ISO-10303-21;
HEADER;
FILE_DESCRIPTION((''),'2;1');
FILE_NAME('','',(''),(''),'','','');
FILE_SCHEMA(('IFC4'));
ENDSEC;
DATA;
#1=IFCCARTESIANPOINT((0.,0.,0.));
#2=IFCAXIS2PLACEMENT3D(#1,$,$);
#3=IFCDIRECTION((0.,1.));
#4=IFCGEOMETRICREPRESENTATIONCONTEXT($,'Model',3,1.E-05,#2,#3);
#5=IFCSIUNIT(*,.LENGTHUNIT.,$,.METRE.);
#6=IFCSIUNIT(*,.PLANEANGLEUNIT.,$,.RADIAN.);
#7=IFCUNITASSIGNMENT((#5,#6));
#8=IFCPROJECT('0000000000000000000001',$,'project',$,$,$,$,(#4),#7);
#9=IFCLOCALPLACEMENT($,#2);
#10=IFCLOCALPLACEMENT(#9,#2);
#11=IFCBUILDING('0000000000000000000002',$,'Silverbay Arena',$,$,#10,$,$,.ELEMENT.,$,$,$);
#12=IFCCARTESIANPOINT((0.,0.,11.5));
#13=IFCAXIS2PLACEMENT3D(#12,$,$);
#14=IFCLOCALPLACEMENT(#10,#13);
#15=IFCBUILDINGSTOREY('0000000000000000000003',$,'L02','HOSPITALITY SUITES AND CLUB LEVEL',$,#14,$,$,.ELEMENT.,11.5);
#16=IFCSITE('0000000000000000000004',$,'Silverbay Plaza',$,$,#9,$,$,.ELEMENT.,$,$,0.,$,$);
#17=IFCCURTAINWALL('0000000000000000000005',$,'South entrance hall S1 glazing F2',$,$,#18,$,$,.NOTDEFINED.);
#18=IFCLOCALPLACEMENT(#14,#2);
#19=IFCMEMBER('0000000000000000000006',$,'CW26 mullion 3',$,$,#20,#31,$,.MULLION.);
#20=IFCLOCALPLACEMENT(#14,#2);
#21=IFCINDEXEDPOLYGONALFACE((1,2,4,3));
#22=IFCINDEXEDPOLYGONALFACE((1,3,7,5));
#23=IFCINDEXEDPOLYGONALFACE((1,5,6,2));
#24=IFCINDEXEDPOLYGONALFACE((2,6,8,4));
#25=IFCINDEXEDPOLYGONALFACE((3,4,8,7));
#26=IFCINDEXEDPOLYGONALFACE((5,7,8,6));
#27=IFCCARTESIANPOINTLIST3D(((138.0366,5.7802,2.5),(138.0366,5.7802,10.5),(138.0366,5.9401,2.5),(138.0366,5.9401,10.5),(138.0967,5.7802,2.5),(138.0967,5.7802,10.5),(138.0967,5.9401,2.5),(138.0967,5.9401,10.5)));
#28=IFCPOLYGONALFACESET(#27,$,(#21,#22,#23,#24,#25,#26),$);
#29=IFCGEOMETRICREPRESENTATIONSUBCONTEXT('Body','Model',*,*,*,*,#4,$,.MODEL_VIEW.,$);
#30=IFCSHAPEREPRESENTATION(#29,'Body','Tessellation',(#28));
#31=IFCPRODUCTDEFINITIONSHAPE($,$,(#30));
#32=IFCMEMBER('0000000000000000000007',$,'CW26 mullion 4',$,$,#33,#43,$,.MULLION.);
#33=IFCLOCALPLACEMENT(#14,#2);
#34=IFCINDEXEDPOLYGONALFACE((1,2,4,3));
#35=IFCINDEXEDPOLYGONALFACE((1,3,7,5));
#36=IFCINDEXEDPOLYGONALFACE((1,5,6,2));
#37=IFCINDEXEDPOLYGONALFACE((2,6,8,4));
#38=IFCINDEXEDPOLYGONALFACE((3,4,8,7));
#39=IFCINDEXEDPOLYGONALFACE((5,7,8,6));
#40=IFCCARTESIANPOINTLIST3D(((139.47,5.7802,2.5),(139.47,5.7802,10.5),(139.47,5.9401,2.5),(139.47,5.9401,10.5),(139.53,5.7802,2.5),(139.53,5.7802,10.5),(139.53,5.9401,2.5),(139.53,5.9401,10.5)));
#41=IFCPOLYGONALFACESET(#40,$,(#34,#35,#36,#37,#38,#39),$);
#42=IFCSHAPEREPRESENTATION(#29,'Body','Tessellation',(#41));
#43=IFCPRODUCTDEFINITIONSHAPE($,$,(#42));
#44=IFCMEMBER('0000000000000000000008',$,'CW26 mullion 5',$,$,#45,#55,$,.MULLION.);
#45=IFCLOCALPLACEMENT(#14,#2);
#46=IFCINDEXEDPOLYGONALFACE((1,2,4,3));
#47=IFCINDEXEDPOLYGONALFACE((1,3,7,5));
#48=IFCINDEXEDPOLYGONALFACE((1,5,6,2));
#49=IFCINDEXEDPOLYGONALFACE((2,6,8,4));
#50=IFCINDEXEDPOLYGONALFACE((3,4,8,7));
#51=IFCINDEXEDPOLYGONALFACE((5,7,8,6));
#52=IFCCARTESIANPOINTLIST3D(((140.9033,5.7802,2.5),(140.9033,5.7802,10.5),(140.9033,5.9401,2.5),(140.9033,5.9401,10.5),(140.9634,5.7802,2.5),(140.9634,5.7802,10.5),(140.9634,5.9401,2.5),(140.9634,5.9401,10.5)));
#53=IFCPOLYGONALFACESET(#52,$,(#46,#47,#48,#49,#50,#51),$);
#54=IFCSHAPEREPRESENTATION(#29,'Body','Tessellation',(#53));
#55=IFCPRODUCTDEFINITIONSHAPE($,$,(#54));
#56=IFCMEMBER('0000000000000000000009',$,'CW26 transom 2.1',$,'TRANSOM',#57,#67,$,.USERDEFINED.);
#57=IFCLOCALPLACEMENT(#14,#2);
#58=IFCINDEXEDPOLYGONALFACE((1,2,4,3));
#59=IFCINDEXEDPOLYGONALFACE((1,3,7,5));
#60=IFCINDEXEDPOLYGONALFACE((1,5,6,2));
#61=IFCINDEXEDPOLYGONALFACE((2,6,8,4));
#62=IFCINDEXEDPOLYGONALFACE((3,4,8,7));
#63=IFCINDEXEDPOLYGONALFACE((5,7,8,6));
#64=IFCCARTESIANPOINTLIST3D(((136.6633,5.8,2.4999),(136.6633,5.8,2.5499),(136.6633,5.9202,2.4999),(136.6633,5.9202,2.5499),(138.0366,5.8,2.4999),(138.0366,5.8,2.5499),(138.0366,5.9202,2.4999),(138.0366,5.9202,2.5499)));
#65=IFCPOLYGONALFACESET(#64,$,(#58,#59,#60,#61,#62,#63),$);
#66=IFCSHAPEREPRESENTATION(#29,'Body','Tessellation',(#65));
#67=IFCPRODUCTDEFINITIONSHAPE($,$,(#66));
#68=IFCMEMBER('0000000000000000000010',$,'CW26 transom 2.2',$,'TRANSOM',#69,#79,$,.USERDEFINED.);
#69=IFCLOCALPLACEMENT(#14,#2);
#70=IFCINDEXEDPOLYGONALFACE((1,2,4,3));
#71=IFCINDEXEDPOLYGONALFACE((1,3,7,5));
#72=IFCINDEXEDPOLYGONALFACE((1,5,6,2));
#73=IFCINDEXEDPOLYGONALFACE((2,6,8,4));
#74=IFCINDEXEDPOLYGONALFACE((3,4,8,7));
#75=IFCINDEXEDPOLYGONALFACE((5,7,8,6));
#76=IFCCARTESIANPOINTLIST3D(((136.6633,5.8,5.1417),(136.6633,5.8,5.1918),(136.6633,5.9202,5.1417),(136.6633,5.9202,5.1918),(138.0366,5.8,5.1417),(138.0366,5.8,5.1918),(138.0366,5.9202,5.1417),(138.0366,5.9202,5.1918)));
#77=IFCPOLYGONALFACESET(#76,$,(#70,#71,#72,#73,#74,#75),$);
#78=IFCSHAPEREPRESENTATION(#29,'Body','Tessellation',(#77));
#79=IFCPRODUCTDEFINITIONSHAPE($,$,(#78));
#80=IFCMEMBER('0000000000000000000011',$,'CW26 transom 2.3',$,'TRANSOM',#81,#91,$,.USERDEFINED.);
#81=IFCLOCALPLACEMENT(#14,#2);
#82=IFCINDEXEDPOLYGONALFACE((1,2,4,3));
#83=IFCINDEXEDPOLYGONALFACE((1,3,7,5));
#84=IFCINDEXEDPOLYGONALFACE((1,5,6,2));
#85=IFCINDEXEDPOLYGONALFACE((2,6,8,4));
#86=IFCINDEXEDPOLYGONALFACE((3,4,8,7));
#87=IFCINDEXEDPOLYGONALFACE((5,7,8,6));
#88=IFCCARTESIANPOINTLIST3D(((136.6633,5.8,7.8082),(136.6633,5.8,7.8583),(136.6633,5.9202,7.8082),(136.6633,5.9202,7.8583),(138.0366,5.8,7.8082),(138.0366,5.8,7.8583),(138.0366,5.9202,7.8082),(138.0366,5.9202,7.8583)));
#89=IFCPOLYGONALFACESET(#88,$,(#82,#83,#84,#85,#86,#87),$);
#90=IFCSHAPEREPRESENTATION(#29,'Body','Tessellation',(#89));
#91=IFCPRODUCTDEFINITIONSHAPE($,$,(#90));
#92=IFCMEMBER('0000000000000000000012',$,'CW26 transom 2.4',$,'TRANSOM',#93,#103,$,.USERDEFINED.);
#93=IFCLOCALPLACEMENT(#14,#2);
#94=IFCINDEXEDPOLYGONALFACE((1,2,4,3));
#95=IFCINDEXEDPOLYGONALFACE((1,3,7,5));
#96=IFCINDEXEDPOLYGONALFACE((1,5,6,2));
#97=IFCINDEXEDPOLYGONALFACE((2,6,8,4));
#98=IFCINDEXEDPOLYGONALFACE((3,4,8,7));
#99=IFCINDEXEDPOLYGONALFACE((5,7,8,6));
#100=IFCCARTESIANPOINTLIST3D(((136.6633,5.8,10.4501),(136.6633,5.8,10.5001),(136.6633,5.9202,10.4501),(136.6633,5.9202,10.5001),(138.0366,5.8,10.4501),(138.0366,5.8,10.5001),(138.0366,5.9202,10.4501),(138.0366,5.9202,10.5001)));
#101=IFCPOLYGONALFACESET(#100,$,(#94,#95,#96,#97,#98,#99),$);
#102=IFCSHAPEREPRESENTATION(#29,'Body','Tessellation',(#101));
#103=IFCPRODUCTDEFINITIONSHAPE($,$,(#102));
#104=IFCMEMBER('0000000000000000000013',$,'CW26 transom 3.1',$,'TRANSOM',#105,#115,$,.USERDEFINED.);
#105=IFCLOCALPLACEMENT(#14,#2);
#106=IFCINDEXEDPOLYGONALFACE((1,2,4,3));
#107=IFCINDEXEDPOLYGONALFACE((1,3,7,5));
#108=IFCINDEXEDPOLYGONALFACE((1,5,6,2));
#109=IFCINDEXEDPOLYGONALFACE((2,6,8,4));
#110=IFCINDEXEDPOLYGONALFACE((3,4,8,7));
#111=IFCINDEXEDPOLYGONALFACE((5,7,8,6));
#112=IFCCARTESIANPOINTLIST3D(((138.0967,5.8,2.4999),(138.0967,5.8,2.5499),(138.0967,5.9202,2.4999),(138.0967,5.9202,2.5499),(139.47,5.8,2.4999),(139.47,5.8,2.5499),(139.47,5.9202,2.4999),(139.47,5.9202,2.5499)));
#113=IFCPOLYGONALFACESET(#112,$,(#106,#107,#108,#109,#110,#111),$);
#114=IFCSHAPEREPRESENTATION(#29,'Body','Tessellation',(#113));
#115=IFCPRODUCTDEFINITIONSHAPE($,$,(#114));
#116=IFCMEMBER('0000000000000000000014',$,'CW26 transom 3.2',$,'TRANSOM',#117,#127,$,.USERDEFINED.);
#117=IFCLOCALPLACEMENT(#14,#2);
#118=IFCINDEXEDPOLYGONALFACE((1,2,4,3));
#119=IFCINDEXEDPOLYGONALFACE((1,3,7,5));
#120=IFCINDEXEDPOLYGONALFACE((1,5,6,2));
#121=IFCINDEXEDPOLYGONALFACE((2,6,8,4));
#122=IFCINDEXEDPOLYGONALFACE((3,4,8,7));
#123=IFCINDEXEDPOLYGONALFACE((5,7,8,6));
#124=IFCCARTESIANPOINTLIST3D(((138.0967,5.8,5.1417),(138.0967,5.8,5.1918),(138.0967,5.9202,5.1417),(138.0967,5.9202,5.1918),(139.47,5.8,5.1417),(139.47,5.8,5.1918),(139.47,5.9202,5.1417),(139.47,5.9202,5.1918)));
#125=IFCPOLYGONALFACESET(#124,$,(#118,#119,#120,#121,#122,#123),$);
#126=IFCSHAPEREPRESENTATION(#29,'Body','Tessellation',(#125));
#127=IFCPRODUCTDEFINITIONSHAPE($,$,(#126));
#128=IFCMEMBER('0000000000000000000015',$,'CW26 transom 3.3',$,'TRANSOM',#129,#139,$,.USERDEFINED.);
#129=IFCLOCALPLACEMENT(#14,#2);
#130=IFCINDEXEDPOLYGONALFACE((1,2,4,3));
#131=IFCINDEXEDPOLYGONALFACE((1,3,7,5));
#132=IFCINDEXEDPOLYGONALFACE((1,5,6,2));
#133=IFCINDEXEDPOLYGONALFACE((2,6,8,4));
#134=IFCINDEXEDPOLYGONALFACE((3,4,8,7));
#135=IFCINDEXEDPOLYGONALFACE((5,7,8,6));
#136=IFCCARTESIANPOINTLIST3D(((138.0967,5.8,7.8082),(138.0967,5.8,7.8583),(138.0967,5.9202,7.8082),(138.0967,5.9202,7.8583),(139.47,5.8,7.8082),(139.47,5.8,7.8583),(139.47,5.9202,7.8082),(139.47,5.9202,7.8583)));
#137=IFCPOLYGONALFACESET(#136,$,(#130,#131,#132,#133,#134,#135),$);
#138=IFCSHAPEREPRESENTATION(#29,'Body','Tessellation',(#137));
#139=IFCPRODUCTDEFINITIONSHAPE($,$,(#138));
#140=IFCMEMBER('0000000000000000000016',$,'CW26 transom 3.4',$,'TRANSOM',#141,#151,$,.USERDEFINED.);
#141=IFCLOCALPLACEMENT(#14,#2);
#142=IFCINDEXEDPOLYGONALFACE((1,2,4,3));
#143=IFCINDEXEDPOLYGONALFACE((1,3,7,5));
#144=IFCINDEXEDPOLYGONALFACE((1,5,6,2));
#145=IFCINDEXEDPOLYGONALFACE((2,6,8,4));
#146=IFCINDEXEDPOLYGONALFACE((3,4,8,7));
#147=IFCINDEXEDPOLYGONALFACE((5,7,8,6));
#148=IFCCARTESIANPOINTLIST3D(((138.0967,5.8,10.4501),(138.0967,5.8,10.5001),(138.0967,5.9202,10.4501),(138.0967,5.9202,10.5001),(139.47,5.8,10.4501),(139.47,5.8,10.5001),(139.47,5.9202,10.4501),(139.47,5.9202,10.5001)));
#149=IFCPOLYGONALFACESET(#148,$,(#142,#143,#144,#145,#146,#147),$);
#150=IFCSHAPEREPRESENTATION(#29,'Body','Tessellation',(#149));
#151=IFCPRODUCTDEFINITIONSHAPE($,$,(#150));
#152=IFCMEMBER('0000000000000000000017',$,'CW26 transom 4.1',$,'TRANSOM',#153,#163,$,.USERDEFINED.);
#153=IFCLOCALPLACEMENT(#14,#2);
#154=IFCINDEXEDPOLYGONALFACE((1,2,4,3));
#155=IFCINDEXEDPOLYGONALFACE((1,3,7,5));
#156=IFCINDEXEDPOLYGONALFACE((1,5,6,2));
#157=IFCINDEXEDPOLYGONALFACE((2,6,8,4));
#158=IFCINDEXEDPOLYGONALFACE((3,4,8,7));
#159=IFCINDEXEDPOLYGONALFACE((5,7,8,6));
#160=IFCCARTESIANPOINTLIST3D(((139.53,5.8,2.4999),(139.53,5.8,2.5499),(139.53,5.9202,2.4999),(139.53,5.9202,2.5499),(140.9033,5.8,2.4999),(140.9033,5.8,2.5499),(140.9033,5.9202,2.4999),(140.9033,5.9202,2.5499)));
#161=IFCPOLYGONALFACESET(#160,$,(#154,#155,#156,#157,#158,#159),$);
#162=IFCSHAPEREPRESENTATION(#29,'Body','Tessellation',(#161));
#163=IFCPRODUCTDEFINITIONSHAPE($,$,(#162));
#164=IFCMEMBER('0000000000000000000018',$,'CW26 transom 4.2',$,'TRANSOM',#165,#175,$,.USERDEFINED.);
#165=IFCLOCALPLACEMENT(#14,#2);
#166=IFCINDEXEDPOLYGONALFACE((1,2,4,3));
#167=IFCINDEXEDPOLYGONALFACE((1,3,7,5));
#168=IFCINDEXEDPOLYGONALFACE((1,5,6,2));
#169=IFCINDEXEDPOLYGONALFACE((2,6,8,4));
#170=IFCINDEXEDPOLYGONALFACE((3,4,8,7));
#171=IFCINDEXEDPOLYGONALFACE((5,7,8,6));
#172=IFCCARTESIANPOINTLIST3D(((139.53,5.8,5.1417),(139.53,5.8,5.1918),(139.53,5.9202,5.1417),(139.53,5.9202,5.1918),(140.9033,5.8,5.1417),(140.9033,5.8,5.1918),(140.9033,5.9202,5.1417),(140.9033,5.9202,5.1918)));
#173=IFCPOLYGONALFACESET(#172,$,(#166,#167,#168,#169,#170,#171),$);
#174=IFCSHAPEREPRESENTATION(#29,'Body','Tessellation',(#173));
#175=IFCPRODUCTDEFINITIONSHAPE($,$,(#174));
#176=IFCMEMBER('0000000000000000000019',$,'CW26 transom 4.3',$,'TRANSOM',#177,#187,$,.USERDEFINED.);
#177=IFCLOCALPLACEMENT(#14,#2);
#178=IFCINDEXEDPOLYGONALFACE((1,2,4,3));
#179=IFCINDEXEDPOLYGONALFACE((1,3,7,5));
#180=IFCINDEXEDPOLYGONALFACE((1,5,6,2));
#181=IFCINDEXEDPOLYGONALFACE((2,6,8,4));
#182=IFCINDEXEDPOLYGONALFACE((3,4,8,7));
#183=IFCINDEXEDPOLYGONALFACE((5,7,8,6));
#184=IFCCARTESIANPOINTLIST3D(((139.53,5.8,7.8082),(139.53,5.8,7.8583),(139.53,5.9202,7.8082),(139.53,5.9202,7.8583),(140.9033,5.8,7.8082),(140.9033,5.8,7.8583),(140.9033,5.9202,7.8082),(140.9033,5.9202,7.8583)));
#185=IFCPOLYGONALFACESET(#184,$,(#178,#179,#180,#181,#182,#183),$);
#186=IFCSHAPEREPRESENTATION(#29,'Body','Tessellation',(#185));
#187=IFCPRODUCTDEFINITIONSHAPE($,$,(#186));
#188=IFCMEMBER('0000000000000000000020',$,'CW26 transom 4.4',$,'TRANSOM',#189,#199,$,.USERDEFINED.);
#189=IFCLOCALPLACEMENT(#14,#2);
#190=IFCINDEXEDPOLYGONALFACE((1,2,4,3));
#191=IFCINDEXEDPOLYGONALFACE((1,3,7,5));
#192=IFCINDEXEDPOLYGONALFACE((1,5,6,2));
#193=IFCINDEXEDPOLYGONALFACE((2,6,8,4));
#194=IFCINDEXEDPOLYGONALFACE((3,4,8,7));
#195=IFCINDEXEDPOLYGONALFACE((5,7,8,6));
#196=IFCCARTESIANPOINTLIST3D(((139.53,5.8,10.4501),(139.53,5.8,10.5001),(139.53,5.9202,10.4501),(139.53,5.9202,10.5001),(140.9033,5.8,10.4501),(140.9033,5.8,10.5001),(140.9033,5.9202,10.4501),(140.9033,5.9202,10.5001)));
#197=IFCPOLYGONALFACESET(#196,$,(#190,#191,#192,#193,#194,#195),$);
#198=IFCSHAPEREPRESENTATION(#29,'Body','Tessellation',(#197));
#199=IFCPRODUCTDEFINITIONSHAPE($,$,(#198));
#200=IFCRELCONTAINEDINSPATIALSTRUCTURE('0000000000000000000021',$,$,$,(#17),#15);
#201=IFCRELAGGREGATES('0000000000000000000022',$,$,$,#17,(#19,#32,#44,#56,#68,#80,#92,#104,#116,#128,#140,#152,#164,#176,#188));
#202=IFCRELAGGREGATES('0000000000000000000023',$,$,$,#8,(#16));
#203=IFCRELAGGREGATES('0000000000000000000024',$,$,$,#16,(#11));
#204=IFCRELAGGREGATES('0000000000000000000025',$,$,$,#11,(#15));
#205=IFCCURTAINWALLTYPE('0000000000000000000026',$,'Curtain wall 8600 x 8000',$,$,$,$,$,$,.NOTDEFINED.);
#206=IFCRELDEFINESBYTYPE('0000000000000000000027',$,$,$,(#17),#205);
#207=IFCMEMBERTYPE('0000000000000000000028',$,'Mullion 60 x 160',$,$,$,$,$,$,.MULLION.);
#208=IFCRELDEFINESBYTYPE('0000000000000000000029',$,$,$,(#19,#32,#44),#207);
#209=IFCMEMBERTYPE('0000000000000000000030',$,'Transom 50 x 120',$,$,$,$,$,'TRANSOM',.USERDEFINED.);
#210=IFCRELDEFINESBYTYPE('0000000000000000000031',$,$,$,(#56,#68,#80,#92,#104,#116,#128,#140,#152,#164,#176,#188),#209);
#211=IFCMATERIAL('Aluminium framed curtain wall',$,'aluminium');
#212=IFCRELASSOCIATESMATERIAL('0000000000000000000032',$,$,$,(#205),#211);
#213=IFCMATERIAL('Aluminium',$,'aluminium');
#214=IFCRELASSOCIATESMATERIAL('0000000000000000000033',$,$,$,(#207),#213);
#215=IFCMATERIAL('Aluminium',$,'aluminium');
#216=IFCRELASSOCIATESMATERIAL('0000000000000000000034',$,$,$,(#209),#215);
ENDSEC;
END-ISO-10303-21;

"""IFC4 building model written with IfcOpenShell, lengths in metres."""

from ifc_helpers import new_model, si_unit, direction, frame, origin, origin_2d, place, context, subcontext, project, spatial, rectangle, extrude, material, material_profile, profile_set, type_object, element, aggregate, save


model = new_model("IFC4")

# Units and contexts
model_context = context("Model", 3, precision=1e-05, world=origin(), true_north=direction((0.0, 1.0)))
body_context = subcontext(model_context, "Body", "Model", "MODEL_VIEW")
ifc_project = project(units=[si_unit("LENGTHUNIT", "METRE"), si_unit("PLANEANGLEUNIT", "RADIAN")], contexts=[model_context])

# Site, building, storey
site_placement = place(None, origin())
site = spatial("IfcSite", under=ifc_project, at=site_placement, Name="Silverbay Plaza", CompositionType="ELEMENT", RefElevation=0.0)
building_placement = place(site_placement, origin())
building = spatial("IfcBuilding", under=site, at=building_placement, Name="Silverbay Arena", CompositionType="ELEMENT")
storey_placement = place(building_placement, frame((0.0, 0.0, 11.5)))
storey = spatial("IfcBuildingStorey", under=building, at=storey_placement, Name="L02", Description="HOSPITALITY SUITES AND CLUB LEVEL", CompositionType="ELEMENT", Elevation=11.5)

# Curtain wall, members
ifc_material_1 = material(Name="Aluminium framed curtain wall", Category="aluminium")
curtain_wall_type = type_object("IfcCurtainWallType", Name="Curtain wall 8600 x 8000", PredefinedType="NOTDEFINED", material=ifc_material_1)
curtain_wall_placement = place(storey_placement, origin())
curtain_wall = element("IfcCurtainWall", 1, at=curtain_wall_placement, inside=storey, type_object=curtain_wall_type, Name="South entrance hall S1 glazing F2", PredefinedType="NOTDEFINED")
ifc_material_2 = material(Name="Aluminium", Category="aluminium")
ifc_material_profile_1 = material_profile(ifc_material_2, rectangle(XDim=0.1599, YDim=0.0601, at=origin_2d()), Name="Mullion 60 x 160")
ifc_profile_set_1 = profile_set([ifc_material_profile_1], Name="Aluminium")
member_type_1 = type_object("IfcMemberType", Name="Mullion 60 x 160", PredefinedType="MULLION", material=ifc_profile_set_1)
member_1_placement = place(storey_placement, frame((138.0667, 5.8601, 2.5), z_axis=(0.0, 0.0, 1.0), x_axis=(0.0, 1.0, 0.0)))
member_1 = element("IfcMember", 2, at=member_1_placement, type_object=member_type_1, Name="CW26 mullion 3", PredefinedType="MULLION", context=body_context, shape_type="SweptSolid", body=[
    extrude(rectangle(XDim=0.1599, YDim=0.0601, at=origin_2d()), origin(), (0.0, 0.0, 1.0), 8.0),
])
member_2_placement = place(storey_placement, frame((139.5, 5.8601, 2.5), z_axis=(0.0, 0.0, 1.0), x_axis=(0.0, 1.0, 0.0)))
member_2 = element("IfcMember", 3, at=member_2_placement, type_object=member_type_1, Name="CW26 mullion 4", PredefinedType="MULLION", context=body_context, shape_type="SweptSolid", body=[
    extrude(rectangle(XDim=0.1599, YDim=0.0601, at=origin_2d()), origin(), (0.0, 0.0, 1.0), 8.0),
])
member_3_placement = place(storey_placement, frame((140.9333, 5.8601, 2.5), z_axis=(0.0, 0.0, 1.0), x_axis=(0.0, 1.0, 0.0)))
member_3 = element("IfcMember", 4, at=member_3_placement, type_object=member_type_1, Name="CW26 mullion 5", PredefinedType="MULLION", context=body_context, shape_type="SweptSolid", body=[
    extrude(rectangle(XDim=0.1599, YDim=0.0601, at=origin_2d()), origin(), (0.0, 0.0, 1.0), 8.0),
])
ifc_material_3 = material(Name="Aluminium", Category="aluminium")
ifc_material_profile_2 = material_profile(ifc_material_3, rectangle(XDim=0.1201, YDim=0.05, at=origin_2d()), Name="Transom 50 x 120")
ifc_profile_set_2 = profile_set([ifc_material_profile_2], Name="Aluminium")
member_type_2 = type_object("IfcMemberType", Name="Transom 50 x 120", ElementType="TRANSOM", PredefinedType="USERDEFINED", material=ifc_profile_set_2)
member_4_placement = place(storey_placement, frame((136.6633, 5.8601, 2.5249), z_axis=(1.0, 0.0, 0.0), x_axis=(0.0, 1.0, 0.0)))
member_4 = element("IfcMember", 5, at=member_4_placement, type_object=member_type_2, Name="CW26 transom 2.1", ObjectType="TRANSOM", PredefinedType="USERDEFINED", context=body_context, shape_type="SweptSolid", body=[
    extrude(rectangle(XDim=0.1201, YDim=0.05, at=origin_2d()), origin(), (0.0, 0.0, 1.0), 1.3733),
])
member_5_placement = place(storey_placement, frame((136.6633, 5.8601, 5.1667), z_axis=(1.0, 0.0, 0.0), x_axis=(0.0, 1.0, 0.0)))
member_5 = element("IfcMember", 6, at=member_5_placement, type_object=member_type_2, Name="CW26 transom 2.2", ObjectType="TRANSOM", PredefinedType="USERDEFINED", context=body_context, shape_type="SweptSolid", body=[
    extrude(rectangle(XDim=0.1201, YDim=0.05, at=origin_2d()), origin(), (0.0, 0.0, 1.0), 1.3733),
])
member_6_placement = place(storey_placement, frame((136.6633, 5.8601, 7.8333), z_axis=(1.0, 0.0, 0.0), x_axis=(0.0, 1.0, 0.0)))
member_6 = element("IfcMember", 7, at=member_6_placement, type_object=member_type_2, Name="CW26 transom 2.3", ObjectType="TRANSOM", PredefinedType="USERDEFINED", context=body_context, shape_type="SweptSolid", body=[
    extrude(rectangle(XDim=0.1201, YDim=0.05, at=origin_2d()), origin(), (0.0, 0.0, 1.0), 1.3733),
])
member_7_placement = place(storey_placement, frame((136.6633, 5.8601, 10.4751), z_axis=(1.0, 0.0, 0.0), x_axis=(0.0, 1.0, 0.0)))
member_7 = element("IfcMember", 8, at=member_7_placement, type_object=member_type_2, Name="CW26 transom 2.4", ObjectType="TRANSOM", PredefinedType="USERDEFINED", context=body_context, shape_type="SweptSolid", body=[
    extrude(rectangle(XDim=0.1201, YDim=0.05, at=origin_2d()), origin(), (0.0, 0.0, 1.0), 1.3733),
])
member_8_placement = place(storey_placement, frame((138.0967, 5.8601, 2.5249), z_axis=(1.0, 0.0, 0.0), x_axis=(0.0, 1.0, 0.0)))
member_8 = element("IfcMember", 9, at=member_8_placement, type_object=member_type_2, Name="CW26 transom 3.1", ObjectType="TRANSOM", PredefinedType="USERDEFINED", context=body_context, shape_type="SweptSolid", body=[
    extrude(rectangle(XDim=0.1201, YDim=0.05, at=origin_2d()), origin(), (0.0, 0.0, 1.0), 1.3733),
])
member_9_placement = place(storey_placement, frame((138.0967, 5.8601, 5.1667), z_axis=(1.0, 0.0, 0.0), x_axis=(0.0, 1.0, 0.0)))
member_9 = element("IfcMember", 10, at=member_9_placement, type_object=member_type_2, Name="CW26 transom 3.2", ObjectType="TRANSOM", PredefinedType="USERDEFINED", context=body_context, shape_type="SweptSolid", body=[
    extrude(rectangle(XDim=0.1201, YDim=0.05, at=origin_2d()), origin(), (0.0, 0.0, 1.0), 1.3733),
])
member_10_placement = place(storey_placement, frame((138.0967, 5.8601, 7.8333), z_axis=(1.0, 0.0, 0.0), x_axis=(0.0, 1.0, 0.0)))
member_10 = element("IfcMember", 11, at=member_10_placement, type_object=member_type_2, Name="CW26 transom 3.3", ObjectType="TRANSOM", PredefinedType="USERDEFINED", context=body_context, shape_type="SweptSolid", body=[
    extrude(rectangle(XDim=0.1201, YDim=0.05, at=origin_2d()), origin(), (0.0, 0.0, 1.0), 1.3733),
])
member_11_placement = place(storey_placement, frame((138.0967, 5.8601, 10.4751), z_axis=(1.0, 0.0, 0.0), x_axis=(0.0, 1.0, 0.0)))
member_11 = element("IfcMember", 12, at=member_11_placement, type_object=member_type_2, Name="CW26 transom 3.4", ObjectType="TRANSOM", PredefinedType="USERDEFINED", context=body_context, shape_type="SweptSolid", body=[
    extrude(rectangle(XDim=0.1201, YDim=0.05, at=origin_2d()), origin(), (0.0, 0.0, 1.0), 1.3733),
])
member_12_placement = place(storey_placement, frame((139.53, 5.8601, 2.5249), z_axis=(1.0, 0.0, 0.0), x_axis=(0.0, 1.0, 0.0)))
member_12 = element("IfcMember", 13, at=member_12_placement, type_object=member_type_2, Name="CW26 transom 4.1", ObjectType="TRANSOM", PredefinedType="USERDEFINED", context=body_context, shape_type="SweptSolid", body=[
    extrude(rectangle(XDim=0.1201, YDim=0.05, at=origin_2d()), origin(), (0.0, 0.0, 1.0), 1.3733),
])
member_13_placement = place(storey_placement, frame((139.53, 5.8601, 5.1667), z_axis=(1.0, 0.0, 0.0), x_axis=(0.0, 1.0, 0.0)))
member_13 = element("IfcMember", 14, at=member_13_placement, type_object=member_type_2, Name="CW26 transom 4.2", ObjectType="TRANSOM", PredefinedType="USERDEFINED", context=body_context, shape_type="SweptSolid", body=[
    extrude(rectangle(XDim=0.1201, YDim=0.05, at=origin_2d()), origin(), (0.0, 0.0, 1.0), 1.3733),
])
member_14_placement = place(storey_placement, frame((139.53, 5.8601, 7.8333), z_axis=(1.0, 0.0, 0.0), x_axis=(0.0, 1.0, 0.0)))
member_14 = element("IfcMember", 15, at=member_14_placement, type_object=member_type_2, Name="CW26 transom 4.3", ObjectType="TRANSOM", PredefinedType="USERDEFINED", context=body_context, shape_type="SweptSolid", body=[
    extrude(rectangle(XDim=0.1201, YDim=0.05, at=origin_2d()), origin(), (0.0, 0.0, 1.0), 1.3733),
])
member_15_placement = place(storey_placement, frame((139.53, 5.8601, 10.4751), z_axis=(1.0, 0.0, 0.0), x_axis=(0.0, 1.0, 0.0)))
member_15 = element("IfcMember", 16, at=member_15_placement, type_object=member_type_2, Name="CW26 transom 4.4", ObjectType="TRANSOM", PredefinedType="USERDEFINED", context=body_context, shape_type="SweptSolid", body=[
    extrude(rectangle(XDim=0.1201, YDim=0.05, at=origin_2d()), origin(), (0.0, 0.0, 1.0), 1.3733),
])
aggregate(curtain_wall, [member_1, member_2, member_3, member_4, member_5, member_6, member_7, member_8, member_9, member_10, member_11, member_12, member_13, member_14, member_15])

save(model, "model.ifc")
